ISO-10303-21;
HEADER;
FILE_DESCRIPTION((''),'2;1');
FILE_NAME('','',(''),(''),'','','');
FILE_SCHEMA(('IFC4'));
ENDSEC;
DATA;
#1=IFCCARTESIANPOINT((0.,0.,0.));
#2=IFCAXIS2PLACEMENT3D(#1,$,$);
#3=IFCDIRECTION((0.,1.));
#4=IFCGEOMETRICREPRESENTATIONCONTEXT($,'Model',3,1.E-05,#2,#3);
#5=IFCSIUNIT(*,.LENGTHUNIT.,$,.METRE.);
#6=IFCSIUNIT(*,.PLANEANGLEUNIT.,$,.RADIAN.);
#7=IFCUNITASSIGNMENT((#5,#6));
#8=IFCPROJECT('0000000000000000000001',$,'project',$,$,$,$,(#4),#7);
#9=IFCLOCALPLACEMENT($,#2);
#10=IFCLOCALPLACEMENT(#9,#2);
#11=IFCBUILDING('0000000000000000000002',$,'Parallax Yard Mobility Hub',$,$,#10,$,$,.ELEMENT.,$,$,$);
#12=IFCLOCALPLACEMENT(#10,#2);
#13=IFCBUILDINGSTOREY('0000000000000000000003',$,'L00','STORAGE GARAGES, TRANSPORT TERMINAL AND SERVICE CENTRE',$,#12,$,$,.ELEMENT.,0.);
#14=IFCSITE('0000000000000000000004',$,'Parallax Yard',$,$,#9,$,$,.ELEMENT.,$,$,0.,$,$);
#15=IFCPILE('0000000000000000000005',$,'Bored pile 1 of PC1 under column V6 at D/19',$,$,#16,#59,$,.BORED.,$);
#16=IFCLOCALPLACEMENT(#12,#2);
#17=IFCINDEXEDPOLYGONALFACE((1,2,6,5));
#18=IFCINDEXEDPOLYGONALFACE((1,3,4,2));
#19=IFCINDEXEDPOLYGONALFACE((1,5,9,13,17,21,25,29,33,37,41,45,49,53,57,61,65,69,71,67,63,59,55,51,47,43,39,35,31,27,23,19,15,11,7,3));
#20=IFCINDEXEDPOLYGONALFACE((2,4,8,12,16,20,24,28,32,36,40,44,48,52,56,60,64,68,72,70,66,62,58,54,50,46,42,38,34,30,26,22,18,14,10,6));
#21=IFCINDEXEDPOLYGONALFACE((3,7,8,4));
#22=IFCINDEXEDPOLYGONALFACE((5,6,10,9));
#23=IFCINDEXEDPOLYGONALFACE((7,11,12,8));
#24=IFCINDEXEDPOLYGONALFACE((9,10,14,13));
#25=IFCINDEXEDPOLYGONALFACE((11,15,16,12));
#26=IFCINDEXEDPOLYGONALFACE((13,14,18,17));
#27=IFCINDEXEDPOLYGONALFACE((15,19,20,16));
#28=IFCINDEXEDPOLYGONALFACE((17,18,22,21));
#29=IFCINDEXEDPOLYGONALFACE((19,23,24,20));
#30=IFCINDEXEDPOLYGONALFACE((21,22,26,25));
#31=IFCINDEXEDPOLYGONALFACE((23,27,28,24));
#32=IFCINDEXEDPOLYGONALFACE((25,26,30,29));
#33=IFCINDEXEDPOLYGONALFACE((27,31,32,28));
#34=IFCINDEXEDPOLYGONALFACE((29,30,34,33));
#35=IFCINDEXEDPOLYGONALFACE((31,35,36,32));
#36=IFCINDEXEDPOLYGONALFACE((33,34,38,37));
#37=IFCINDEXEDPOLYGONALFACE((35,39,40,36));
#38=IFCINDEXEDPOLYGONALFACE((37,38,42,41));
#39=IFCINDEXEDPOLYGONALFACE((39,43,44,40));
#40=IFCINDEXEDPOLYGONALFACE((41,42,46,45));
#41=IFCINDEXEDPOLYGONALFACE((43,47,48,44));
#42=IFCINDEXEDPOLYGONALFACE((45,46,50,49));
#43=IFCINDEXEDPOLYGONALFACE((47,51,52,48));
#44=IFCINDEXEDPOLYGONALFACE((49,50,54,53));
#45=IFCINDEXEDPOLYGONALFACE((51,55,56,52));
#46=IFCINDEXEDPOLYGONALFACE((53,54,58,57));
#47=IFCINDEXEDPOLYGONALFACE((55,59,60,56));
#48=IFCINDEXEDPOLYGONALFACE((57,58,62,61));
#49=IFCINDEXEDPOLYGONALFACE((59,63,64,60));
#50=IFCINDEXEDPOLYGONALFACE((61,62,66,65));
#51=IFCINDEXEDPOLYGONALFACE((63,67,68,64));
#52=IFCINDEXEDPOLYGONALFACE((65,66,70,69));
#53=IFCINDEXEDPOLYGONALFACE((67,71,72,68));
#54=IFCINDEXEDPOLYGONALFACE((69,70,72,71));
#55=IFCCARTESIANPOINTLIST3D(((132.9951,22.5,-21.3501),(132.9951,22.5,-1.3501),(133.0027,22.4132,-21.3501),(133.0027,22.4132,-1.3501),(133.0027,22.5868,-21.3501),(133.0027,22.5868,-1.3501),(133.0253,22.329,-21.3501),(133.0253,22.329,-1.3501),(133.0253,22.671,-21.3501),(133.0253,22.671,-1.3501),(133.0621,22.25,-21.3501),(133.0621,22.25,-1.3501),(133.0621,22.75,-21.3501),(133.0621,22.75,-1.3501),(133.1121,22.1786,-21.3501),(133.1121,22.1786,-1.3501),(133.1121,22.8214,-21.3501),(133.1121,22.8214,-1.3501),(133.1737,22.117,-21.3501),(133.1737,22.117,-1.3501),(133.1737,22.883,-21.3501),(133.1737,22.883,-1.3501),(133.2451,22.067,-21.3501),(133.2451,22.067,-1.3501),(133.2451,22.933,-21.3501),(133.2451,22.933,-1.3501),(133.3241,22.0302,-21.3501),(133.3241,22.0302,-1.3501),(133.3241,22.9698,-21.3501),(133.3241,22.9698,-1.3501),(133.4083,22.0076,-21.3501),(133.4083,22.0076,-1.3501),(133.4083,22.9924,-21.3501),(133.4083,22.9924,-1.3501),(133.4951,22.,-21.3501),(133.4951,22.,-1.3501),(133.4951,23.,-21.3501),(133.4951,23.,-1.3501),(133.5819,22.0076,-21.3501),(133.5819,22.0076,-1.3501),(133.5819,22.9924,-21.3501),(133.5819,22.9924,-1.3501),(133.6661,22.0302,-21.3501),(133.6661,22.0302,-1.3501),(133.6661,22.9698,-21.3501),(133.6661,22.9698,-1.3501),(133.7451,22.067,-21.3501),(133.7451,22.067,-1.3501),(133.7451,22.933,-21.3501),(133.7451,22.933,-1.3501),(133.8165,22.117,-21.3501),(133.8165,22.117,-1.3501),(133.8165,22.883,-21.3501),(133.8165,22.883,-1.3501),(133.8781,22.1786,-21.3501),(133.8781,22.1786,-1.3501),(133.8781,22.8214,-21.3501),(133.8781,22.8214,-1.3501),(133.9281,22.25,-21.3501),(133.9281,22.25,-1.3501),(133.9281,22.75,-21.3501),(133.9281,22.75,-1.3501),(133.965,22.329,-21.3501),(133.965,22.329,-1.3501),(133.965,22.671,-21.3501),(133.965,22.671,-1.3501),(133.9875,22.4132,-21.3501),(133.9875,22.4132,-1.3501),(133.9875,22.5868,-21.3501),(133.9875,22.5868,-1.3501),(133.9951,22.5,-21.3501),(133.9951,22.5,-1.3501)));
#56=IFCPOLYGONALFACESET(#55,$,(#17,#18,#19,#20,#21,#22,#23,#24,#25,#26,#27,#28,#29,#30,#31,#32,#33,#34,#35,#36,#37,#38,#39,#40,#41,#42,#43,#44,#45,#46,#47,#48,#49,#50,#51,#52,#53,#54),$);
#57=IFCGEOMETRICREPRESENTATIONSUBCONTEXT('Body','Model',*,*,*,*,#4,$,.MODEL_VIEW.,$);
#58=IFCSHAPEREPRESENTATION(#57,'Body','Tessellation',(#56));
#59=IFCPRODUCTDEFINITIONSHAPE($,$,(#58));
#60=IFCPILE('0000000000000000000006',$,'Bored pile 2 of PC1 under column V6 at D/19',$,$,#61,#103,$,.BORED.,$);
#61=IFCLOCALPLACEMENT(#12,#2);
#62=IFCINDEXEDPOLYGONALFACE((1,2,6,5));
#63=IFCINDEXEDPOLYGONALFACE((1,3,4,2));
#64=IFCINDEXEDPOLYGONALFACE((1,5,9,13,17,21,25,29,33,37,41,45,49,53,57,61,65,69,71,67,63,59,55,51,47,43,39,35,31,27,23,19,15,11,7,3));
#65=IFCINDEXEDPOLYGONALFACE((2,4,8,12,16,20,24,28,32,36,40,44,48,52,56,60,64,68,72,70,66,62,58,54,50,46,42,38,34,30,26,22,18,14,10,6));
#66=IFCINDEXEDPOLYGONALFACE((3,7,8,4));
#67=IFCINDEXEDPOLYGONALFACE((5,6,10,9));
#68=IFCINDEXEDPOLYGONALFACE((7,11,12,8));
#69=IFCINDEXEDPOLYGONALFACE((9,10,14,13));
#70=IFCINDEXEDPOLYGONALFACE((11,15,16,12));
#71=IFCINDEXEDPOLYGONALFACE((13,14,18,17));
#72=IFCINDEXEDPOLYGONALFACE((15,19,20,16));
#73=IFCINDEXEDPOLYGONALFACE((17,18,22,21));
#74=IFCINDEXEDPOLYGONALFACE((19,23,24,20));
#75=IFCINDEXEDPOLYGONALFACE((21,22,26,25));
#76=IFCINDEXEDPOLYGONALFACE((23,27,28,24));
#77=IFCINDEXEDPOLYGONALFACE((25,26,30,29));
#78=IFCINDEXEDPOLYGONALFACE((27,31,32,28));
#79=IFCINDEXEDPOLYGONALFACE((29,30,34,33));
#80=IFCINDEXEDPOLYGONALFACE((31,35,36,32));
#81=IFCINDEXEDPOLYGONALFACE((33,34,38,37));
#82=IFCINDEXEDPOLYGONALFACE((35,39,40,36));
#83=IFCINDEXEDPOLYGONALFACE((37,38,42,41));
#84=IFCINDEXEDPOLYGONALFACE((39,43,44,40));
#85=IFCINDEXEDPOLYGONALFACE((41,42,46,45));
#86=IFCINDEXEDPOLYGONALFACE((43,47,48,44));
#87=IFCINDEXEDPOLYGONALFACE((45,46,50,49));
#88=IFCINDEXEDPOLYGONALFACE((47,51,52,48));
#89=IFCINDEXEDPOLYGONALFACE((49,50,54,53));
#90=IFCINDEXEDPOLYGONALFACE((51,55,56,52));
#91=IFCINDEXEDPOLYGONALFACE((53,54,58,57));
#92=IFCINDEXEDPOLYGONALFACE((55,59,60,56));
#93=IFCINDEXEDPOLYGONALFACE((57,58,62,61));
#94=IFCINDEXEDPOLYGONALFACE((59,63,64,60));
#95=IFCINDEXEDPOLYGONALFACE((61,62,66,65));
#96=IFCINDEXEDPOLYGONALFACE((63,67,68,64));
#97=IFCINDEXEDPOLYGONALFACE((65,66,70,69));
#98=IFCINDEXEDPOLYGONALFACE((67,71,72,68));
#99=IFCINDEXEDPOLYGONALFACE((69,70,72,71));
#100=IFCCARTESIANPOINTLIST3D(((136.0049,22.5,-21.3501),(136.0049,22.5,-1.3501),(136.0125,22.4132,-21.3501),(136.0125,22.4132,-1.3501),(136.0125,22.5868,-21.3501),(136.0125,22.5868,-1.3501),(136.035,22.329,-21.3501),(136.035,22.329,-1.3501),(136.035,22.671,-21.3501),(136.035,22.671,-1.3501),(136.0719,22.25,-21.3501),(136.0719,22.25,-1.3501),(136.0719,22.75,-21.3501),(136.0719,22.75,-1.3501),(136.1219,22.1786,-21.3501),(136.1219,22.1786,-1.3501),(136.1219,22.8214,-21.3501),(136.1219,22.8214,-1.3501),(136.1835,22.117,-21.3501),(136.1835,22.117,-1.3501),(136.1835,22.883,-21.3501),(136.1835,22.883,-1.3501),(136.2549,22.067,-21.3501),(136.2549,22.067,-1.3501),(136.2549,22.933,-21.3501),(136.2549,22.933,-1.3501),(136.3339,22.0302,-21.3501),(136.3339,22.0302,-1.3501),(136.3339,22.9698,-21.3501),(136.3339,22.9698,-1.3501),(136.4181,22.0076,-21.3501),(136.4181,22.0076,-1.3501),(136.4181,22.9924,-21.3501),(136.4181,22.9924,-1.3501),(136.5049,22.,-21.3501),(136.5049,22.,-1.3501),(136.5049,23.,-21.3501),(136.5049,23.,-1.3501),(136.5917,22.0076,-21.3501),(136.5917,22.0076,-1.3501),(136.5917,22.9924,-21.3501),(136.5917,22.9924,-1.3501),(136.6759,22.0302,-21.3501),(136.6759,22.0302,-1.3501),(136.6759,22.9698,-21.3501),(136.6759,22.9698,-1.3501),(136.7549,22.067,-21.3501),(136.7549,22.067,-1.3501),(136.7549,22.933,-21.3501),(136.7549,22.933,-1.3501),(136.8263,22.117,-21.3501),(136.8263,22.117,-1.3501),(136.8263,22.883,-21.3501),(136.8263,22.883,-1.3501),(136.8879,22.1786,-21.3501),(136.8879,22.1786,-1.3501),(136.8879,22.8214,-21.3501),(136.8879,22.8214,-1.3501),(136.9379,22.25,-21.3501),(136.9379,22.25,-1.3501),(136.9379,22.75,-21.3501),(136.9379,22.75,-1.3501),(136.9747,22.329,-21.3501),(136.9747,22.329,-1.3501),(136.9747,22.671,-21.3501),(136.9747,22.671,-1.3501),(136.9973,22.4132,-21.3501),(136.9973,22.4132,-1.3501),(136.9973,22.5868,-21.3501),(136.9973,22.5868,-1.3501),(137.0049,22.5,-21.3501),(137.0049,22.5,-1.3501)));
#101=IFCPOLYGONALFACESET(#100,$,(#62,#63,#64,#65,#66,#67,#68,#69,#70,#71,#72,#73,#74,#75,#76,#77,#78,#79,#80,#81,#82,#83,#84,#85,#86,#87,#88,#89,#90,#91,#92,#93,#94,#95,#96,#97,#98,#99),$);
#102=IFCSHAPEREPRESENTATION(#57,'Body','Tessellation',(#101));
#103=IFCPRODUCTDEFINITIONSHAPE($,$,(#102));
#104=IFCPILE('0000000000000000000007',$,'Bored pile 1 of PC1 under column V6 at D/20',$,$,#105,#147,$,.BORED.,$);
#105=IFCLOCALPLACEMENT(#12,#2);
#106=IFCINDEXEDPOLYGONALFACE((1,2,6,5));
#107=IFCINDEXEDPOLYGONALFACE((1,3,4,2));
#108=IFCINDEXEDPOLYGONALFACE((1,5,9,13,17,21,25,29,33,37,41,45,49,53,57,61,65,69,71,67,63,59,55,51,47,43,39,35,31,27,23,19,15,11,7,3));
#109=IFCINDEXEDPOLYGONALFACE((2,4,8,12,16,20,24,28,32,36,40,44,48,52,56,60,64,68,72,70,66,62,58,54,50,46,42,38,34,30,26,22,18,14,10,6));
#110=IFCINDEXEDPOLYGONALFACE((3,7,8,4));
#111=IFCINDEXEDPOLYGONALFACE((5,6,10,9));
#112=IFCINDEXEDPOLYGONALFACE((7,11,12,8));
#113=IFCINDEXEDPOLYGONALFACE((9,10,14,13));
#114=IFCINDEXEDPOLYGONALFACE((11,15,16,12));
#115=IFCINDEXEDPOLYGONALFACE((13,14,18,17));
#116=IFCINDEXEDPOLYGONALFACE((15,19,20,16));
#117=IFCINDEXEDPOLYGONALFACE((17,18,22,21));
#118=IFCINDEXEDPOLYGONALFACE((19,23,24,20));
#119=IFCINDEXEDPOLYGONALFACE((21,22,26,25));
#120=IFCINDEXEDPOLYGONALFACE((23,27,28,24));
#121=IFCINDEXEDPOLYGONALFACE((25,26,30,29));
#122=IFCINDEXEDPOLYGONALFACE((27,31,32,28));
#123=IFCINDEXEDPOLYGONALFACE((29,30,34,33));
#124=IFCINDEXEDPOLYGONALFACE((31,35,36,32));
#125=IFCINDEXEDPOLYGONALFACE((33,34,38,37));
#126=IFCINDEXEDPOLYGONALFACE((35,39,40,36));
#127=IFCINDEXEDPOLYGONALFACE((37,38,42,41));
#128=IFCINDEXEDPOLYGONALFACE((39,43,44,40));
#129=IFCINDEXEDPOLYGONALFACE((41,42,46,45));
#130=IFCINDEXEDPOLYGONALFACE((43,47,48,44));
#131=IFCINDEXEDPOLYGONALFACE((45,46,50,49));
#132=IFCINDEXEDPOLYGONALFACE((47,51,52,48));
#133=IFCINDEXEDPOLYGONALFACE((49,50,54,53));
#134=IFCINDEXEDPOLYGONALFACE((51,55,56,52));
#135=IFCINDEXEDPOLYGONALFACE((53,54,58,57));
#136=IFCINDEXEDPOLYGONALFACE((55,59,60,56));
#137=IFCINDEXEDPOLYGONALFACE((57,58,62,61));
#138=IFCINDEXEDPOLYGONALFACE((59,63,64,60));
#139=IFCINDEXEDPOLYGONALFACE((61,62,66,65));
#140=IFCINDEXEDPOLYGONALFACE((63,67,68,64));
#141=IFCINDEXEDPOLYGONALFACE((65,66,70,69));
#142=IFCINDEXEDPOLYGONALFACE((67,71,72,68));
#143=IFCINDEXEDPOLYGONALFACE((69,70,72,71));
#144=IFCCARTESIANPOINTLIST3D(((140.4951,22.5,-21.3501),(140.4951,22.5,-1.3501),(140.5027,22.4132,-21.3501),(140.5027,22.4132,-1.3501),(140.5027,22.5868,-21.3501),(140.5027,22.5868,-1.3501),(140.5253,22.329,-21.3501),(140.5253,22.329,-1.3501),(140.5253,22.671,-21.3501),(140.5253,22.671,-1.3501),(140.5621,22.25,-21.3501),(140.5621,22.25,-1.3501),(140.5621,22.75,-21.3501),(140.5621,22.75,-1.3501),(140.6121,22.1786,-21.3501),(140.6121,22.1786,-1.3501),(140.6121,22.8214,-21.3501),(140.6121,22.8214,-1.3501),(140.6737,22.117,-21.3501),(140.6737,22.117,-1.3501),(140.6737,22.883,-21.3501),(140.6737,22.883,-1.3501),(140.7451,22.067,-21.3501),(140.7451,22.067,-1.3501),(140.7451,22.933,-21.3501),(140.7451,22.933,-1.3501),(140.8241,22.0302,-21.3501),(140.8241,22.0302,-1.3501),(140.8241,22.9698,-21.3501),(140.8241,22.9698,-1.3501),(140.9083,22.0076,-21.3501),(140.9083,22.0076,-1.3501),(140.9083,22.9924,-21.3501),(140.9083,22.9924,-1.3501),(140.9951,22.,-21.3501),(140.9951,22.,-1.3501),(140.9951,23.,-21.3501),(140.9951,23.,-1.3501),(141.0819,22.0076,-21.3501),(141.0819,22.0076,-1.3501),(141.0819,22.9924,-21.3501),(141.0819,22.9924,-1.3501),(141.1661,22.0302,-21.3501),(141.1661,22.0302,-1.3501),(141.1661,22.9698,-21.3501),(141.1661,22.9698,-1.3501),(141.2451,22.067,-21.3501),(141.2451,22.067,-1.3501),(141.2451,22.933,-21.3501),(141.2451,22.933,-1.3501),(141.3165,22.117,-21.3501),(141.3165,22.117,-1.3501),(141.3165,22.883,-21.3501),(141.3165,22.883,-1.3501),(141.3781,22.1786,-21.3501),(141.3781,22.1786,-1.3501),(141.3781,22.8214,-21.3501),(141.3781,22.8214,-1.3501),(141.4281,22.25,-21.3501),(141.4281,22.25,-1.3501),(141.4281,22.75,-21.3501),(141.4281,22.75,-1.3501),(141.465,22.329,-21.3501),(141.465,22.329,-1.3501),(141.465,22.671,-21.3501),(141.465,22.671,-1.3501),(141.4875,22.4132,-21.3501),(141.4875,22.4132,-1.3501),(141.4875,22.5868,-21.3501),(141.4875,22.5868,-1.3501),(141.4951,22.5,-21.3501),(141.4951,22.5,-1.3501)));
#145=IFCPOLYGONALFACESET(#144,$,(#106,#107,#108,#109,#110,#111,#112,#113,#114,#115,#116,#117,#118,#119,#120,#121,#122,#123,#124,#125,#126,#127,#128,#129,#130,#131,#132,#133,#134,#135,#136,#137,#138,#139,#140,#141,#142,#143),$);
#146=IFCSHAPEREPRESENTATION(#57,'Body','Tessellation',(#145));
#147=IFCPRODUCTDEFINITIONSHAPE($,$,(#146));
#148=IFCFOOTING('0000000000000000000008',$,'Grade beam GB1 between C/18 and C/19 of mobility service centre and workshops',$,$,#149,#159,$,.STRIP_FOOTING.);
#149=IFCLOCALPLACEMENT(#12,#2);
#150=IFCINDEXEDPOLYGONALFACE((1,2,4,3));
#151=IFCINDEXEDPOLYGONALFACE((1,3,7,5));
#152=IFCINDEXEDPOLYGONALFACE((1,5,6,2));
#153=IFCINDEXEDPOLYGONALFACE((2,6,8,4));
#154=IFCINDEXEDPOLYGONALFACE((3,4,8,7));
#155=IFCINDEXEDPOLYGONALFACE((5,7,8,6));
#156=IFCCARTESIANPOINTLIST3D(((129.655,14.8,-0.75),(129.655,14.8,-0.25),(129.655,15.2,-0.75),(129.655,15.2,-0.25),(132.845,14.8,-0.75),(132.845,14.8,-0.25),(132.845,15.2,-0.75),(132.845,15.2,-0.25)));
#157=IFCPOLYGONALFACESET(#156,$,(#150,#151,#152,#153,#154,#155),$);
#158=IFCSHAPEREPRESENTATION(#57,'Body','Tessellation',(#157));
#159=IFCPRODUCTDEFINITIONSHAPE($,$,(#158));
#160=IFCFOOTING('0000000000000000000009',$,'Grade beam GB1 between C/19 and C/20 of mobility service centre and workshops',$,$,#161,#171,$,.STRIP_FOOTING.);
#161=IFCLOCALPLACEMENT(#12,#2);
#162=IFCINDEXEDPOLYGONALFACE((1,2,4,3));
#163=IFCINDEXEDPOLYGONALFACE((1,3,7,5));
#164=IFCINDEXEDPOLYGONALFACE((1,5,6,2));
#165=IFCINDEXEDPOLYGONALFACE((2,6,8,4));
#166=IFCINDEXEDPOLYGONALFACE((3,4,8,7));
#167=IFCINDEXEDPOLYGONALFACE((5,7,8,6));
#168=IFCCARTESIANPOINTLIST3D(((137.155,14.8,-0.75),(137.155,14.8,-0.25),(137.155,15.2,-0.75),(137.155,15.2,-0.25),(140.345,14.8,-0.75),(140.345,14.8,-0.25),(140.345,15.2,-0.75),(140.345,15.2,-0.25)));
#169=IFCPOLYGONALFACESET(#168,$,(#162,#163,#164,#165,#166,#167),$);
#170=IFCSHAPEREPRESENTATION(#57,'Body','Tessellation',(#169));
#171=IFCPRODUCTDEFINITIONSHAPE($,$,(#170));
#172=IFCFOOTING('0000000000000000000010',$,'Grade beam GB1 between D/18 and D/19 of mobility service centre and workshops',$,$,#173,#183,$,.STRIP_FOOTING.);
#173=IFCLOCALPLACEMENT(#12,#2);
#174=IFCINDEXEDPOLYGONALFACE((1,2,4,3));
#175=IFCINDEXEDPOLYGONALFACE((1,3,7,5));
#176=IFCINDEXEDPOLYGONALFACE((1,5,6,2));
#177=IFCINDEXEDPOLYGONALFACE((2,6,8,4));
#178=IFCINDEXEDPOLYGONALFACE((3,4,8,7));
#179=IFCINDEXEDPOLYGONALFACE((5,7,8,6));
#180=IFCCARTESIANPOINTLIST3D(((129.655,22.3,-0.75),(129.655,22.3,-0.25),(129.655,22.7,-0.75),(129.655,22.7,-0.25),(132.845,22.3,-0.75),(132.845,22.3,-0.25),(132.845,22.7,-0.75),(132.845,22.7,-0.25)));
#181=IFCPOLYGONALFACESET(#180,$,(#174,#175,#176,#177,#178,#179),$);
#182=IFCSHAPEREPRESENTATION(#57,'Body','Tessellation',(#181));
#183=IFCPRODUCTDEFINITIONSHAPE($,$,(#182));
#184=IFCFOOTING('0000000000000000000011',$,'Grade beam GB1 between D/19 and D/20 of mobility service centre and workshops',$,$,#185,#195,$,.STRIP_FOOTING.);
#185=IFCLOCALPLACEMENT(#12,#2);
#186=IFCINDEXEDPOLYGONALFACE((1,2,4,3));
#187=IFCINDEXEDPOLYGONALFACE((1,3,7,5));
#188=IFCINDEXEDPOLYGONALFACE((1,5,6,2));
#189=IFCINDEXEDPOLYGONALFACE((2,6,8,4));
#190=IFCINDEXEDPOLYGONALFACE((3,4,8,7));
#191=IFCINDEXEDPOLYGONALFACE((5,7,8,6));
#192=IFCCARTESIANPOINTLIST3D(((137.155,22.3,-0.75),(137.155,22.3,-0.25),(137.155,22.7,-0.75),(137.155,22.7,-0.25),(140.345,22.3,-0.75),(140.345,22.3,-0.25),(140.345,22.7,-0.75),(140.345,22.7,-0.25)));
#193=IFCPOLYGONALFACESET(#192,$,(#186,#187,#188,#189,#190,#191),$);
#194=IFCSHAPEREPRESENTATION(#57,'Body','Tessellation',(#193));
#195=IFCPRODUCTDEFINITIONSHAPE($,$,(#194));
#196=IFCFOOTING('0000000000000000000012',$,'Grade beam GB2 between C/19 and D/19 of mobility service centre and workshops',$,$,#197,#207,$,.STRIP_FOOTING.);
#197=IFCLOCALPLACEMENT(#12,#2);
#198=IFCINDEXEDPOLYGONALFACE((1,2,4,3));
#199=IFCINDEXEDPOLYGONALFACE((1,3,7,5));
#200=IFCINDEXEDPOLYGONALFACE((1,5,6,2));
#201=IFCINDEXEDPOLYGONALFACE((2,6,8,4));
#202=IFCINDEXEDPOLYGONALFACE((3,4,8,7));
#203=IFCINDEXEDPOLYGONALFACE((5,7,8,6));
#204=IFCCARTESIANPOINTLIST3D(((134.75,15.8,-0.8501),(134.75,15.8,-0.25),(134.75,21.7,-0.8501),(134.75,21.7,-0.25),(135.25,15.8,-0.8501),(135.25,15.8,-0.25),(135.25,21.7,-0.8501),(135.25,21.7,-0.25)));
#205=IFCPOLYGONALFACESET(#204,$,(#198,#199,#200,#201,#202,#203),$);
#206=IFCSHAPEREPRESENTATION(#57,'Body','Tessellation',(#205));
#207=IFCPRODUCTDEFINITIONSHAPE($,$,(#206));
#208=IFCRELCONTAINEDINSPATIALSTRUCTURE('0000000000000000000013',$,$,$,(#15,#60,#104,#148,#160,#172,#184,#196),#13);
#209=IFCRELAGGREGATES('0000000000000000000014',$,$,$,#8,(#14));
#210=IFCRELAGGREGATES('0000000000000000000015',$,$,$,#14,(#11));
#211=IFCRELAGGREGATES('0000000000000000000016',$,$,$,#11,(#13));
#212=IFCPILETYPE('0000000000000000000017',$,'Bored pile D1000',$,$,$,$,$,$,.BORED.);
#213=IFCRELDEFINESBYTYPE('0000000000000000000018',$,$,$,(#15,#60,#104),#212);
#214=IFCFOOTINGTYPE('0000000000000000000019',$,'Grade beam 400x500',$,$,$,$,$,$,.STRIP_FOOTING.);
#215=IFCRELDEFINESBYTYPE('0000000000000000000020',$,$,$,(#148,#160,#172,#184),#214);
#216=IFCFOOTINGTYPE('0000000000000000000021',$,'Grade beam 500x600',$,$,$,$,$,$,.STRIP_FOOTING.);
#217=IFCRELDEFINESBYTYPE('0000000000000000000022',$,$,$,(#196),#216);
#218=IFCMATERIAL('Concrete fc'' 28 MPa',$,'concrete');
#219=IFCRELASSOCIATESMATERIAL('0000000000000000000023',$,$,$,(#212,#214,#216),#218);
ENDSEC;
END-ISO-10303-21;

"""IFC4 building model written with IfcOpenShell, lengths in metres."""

from ifc_helpers import new_model, si_unit, direction, frame, origin, origin_2d, place, context, subcontext, project, spatial, rectangle, circle, extrude, material, material_profile, profile_set, type_object, element, save


model = new_model("IFC4")

# Units and contexts
model_context = context("Model", 3, precision=1e-05, world=origin(), true_north=direction((0.0, 1.0)))
body_context = subcontext(model_context, "Body", "Model", "MODEL_VIEW")
ifc_project = project(units=[si_unit("LENGTHUNIT", "METRE"), si_unit("PLANEANGLEUNIT", "RADIAN")], contexts=[model_context])

# Site, building, storey
site_placement = place(None, origin())
site = spatial("IfcSite", under=ifc_project, at=site_placement, Name="Parallax Yard", CompositionType="ELEMENT", RefElevation=0.0)
building_placement = place(site_placement, origin())
building = spatial("IfcBuilding", under=site, at=building_placement, Name="Parallax Yard Mobility Hub", CompositionType="ELEMENT")
storey_placement = place(building_placement, origin())
storey = spatial("IfcBuildingStorey", under=building, at=storey_placement, Name="L00", Description="STORAGE GARAGES, TRANSPORT TERMINAL AND SERVICE CENTRE", CompositionType="ELEMENT", Elevation=0.0)

# Piles
ifc_material_1 = material(Name="Concrete fc' 28 MPa", Category="concrete")
ifc_material_profile_1 = material_profile(ifc_material_1, circle(Radius=0.5, at=origin_2d()), Name="Bored pile D1000")
ifc_profile_set_1 = profile_set([ifc_material_profile_1], Name="Concrete fc' 28 MPa")
pile_type = type_object("IfcPileType", Name="Bored pile D1000", PredefinedType="BORED", material=ifc_profile_set_1)
for number, where, z_axis, x_axis, name in (
    (1, (133.4951, 22.5, -1.3501), (0.0, 0.0, -1.0), (1.0, 0.0, 0.0), "Bored pile 1 of PC1 under column V6 at D/19"),
    (2, (136.5049, 22.5, -1.3501), (0.0, 0.0, -1.0), (1.0, 0.0, 0.0), "Bored pile 2 of PC1 under column V6 at D/19"),
    (3, (140.9951, 22.5, -1.3501), (0.0, 0.0, -1.0), (1.0, 0.0, 0.0), "Bored pile 1 of PC1 under column V6 at D/20"),
):
    element("IfcPile", number, at=place(storey_placement, frame(where, z_axis=z_axis, x_axis=x_axis)), inside=storey, type_object=pile_type, Name=name, PredefinedType="BORED", context=body_context, shape_type="SweptSolid", body=[
        extrude(circle(Radius=0.5, at=origin_2d()), origin(), (0.0, 0.0, 1.0), 20.0),
    ])

# Footings
ifc_material_profile_2 = material_profile(ifc_material_1, rectangle(XDim=0.3999, YDim=0.5, at=origin_2d()), Name="Grade beam 400x500")
ifc_profile_set_2 = profile_set([ifc_material_profile_2], Name="Concrete fc' 28 MPa")
footing_type_1 = type_object("IfcFootingType", Name="Grade beam 400x500", PredefinedType="STRIP_FOOTING", material=ifc_profile_set_2)
for number, where, z_axis, x_axis, name in (
    (4, (129.655, 15.0, -0.5), (1.0, 0.0, 0.0), (0.0, 1.0, 0.0), "Grade beam GB1 between C/18 and C/19 of mobility service centre and workshops"),
    (5, (137.155, 15.0, -0.5), (1.0, 0.0, 0.0), (0.0, 1.0, 0.0), "Grade beam GB1 between C/19 and C/20 of mobility service centre and workshops"),
    (6, (129.655, 22.5, -0.5), (1.0, 0.0, 0.0), (0.0, 1.0, 0.0), "Grade beam GB1 between D/18 and D/19 of mobility service centre and workshops"),
    (7, (137.155, 22.5, -0.5), (1.0, 0.0, 0.0), (0.0, 1.0, 0.0), "Grade beam GB1 between D/19 and D/20 of mobility service centre and workshops"),
):
    element("IfcFooting", number, at=place(storey_placement, frame(where, z_axis=z_axis, x_axis=x_axis)), inside=storey, type_object=footing_type_1, Name=name, PredefinedType="STRIP_FOOTING", context=body_context, shape_type="SweptSolid", body=[
        extrude(rectangle(XDim=0.3999, YDim=0.5, at=origin_2d()), origin(), (0.0, 0.0, 1.0), 3.1899),
    ])
ifc_material_profile_3 = material_profile(ifc_material_1, rectangle(XDim=0.5, YDim=0.6001, at=origin_2d()), Name="Grade beam 500x600")
ifc_profile_set_3 = profile_set([ifc_material_profile_3], Name="Concrete fc' 28 MPa")
footing_type_2 = type_object("IfcFootingType", Name="Grade beam 500x600", PredefinedType="STRIP_FOOTING", material=ifc_profile_set_3)
for number, where, z_axis, x_axis, name in (
    (8, (135.0, 15.8, -0.55), (0.0, 1.0, 0.0), (-1.0, 0.0, 0.0), "Grade beam GB2 between C/19 and D/19 of mobility service centre and workshops"),
):
    element("IfcFooting", number, at=place(storey_placement, frame(where, z_axis=z_axis, x_axis=x_axis)), inside=storey, type_object=footing_type_2, Name=name, PredefinedType="STRIP_FOOTING", context=body_context, shape_type="SweptSolid", body=[
        extrude(rectangle(XDim=0.5, YDim=0.6001, at=origin_2d()), origin(), (0.0, 0.0, 1.0), 5.8999),
    ])

save(model, "model.ifc")
